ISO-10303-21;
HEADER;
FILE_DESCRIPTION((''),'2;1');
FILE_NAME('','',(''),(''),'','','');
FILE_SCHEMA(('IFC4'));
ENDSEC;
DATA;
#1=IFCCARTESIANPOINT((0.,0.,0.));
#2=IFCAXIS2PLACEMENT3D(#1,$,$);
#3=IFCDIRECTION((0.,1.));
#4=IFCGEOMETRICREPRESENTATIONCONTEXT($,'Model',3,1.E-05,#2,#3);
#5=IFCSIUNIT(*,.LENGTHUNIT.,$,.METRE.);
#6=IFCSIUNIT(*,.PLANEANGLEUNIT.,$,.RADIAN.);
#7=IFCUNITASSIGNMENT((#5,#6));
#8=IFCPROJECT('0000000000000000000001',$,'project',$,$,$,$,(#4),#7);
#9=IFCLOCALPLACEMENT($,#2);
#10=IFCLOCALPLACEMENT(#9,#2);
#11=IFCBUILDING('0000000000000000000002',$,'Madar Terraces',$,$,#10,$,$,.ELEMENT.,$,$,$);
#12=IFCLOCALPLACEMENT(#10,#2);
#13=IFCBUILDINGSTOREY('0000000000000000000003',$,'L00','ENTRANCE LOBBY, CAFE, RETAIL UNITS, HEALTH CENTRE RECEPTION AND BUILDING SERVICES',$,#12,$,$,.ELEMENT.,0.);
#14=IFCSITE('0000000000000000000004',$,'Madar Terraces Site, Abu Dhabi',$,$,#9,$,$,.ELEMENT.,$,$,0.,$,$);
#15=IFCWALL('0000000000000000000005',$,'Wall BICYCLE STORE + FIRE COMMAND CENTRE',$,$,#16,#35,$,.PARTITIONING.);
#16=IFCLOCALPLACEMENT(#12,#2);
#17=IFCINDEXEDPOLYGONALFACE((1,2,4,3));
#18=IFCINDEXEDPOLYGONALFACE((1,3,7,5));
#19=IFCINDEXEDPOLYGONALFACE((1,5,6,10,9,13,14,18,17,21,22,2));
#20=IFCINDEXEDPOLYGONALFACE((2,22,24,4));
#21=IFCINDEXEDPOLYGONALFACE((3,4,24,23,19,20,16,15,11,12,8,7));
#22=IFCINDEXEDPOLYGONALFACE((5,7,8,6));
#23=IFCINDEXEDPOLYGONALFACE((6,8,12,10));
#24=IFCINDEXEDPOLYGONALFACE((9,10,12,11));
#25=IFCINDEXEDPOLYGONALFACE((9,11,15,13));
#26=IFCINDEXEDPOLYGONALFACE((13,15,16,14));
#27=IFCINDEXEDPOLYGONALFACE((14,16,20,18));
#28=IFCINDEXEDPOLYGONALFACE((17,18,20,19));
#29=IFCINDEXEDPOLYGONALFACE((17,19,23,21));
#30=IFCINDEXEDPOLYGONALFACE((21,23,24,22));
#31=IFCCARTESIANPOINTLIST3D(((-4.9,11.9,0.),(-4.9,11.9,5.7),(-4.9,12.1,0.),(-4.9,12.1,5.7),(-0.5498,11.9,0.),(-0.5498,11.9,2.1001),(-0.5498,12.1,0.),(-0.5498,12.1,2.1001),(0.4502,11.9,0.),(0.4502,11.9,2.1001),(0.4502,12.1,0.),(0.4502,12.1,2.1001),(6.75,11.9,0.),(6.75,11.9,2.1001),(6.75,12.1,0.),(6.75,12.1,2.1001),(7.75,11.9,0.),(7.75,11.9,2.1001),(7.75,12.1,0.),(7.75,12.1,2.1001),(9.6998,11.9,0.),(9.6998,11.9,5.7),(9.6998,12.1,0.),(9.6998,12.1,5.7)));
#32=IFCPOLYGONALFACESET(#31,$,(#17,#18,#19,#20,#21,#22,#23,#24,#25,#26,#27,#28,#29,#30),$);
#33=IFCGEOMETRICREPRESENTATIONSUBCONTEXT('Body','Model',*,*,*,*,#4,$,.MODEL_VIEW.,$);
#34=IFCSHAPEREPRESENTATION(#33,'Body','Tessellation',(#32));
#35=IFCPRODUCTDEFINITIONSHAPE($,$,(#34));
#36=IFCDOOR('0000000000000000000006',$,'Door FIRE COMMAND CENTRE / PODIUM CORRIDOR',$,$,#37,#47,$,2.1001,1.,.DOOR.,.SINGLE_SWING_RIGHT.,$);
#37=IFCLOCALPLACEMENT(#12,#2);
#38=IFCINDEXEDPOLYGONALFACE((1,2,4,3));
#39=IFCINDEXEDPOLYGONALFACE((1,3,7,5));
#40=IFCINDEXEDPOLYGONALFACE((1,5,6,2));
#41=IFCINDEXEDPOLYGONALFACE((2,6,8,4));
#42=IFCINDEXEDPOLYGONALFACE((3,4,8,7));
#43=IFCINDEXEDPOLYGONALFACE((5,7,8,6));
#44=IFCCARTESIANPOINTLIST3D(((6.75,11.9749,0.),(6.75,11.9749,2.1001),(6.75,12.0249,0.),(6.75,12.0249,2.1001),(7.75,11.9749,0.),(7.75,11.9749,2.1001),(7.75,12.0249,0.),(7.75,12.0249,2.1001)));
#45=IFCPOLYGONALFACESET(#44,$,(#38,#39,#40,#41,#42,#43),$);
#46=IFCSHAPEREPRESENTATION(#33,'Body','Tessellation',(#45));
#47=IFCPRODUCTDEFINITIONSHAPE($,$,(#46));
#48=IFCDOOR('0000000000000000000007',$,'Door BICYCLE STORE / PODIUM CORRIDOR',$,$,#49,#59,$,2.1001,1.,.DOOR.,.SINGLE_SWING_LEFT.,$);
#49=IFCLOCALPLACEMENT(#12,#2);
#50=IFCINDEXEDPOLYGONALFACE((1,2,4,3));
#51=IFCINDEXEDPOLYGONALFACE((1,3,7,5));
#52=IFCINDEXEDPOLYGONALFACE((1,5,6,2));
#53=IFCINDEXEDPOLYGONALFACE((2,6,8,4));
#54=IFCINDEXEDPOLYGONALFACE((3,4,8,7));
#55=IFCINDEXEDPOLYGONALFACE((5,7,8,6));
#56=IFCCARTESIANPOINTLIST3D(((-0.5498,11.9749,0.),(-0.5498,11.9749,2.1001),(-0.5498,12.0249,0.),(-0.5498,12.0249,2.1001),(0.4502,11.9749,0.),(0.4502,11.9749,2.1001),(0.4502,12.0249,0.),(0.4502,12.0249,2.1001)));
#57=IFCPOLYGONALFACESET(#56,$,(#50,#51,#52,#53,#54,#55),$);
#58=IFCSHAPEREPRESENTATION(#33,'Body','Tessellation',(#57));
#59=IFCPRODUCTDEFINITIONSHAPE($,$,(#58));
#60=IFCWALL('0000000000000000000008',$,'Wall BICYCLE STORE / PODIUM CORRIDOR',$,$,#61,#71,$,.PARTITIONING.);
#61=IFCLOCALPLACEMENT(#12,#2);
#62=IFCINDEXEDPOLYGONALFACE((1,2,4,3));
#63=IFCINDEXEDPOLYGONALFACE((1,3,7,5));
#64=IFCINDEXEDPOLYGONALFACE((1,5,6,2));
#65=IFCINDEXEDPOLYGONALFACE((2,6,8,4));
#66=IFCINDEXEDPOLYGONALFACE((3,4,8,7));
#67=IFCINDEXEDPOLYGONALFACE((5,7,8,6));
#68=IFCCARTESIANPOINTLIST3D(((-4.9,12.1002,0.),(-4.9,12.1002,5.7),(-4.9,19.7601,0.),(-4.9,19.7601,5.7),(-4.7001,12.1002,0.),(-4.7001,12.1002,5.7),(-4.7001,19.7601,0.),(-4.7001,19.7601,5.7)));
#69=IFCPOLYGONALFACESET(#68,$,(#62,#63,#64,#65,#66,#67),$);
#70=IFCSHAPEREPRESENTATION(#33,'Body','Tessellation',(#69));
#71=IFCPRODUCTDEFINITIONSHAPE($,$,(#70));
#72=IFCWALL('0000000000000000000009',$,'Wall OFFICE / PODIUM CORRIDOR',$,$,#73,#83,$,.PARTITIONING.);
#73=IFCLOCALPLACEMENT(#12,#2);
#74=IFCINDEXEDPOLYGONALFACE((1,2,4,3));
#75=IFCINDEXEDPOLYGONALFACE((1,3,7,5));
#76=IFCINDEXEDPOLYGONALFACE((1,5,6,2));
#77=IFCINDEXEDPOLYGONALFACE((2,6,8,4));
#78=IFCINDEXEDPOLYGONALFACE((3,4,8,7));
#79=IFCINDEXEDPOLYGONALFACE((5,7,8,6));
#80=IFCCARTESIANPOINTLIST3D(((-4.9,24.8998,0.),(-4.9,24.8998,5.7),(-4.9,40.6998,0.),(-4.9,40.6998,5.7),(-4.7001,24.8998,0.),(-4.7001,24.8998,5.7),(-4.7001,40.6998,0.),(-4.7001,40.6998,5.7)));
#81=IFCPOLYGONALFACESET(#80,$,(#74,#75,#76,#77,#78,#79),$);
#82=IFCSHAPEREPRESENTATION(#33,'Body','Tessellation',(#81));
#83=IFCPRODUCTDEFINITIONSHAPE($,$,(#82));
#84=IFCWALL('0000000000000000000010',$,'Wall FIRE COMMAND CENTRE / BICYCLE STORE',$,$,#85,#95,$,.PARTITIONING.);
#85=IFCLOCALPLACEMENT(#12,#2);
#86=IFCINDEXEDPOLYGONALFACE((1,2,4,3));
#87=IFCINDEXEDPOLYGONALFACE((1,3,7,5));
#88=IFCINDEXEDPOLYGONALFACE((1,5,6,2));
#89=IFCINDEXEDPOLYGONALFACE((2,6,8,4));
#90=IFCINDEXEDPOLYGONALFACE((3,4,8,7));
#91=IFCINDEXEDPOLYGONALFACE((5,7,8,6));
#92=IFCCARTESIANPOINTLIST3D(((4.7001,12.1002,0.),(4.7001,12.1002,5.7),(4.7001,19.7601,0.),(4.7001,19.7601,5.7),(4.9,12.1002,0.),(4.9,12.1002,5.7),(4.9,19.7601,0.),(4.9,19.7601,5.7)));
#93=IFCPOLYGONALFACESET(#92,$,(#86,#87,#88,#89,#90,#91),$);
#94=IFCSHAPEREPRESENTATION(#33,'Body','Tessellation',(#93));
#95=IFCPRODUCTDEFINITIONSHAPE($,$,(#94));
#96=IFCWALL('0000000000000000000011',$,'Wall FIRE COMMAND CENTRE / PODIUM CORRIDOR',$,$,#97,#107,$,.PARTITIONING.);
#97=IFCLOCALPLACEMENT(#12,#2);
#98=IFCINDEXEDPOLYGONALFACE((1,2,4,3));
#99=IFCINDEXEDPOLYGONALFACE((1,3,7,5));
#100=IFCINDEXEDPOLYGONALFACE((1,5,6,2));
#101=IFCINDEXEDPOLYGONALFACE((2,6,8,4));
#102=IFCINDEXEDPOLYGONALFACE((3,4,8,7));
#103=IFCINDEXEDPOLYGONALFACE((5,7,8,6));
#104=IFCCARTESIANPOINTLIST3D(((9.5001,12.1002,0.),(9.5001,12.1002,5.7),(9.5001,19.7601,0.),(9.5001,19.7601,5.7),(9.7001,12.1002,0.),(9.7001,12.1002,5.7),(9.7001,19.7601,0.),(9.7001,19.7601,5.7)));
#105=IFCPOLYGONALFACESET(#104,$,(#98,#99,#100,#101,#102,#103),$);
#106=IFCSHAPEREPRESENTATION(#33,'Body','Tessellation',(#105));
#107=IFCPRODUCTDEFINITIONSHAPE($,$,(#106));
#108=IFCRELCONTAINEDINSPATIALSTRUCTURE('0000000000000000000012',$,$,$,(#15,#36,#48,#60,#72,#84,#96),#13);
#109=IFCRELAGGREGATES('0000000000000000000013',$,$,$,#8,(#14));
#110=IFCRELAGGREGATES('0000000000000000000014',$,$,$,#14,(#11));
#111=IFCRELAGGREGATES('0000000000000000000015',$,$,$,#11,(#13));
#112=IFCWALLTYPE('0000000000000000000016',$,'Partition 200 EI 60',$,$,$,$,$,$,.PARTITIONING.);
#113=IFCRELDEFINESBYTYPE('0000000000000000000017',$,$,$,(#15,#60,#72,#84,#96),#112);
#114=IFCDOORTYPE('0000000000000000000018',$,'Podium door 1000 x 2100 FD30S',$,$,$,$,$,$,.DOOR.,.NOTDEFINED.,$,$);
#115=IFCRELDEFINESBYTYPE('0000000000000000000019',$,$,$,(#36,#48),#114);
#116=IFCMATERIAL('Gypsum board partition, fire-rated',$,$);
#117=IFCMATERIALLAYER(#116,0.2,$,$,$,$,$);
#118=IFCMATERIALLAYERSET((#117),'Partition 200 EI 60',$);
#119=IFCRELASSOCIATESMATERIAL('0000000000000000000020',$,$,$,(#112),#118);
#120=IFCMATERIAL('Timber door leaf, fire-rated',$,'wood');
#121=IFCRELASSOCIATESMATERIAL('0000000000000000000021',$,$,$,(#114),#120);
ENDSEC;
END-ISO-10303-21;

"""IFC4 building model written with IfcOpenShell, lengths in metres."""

from ifc_helpers import new_model, si_unit, direction, frame, frame_2d, origin, place, context, subcontext, project, spatial, rectangle, extrude, material, layer, layer_set, type_object, element, fill, save


model = new_model("IFC4")

# Units and contexts
model_context = context("Model", 3, precision=1e-05, world=origin(), true_north=direction((0.0, 1.0)))
body_context = subcontext(model_context, "Body", "Model", "MODEL_VIEW")
ifc_project = project(units=[si_unit("LENGTHUNIT", "METRE"), si_unit("PLANEANGLEUNIT", "RADIAN")], contexts=[model_context])

# Site, building, storey
site_placement = place(None, origin())
site = spatial("IfcSite", under=ifc_project, at=site_placement, Name="Madar Terraces Site, Abu Dhabi", CompositionType="ELEMENT", RefElevation=0.0)
building_placement = place(site_placement, origin())
building = spatial("IfcBuilding", under=site, at=building_placement, Name="Madar Terraces", CompositionType="ELEMENT")
storey_placement = place(building_placement, origin())
storey = spatial("IfcBuildingStorey", under=building, at=storey_placement, Name="L00", Description="ENTRANCE LOBBY, CAFE, RETAIL UNITS, HEALTH CENTRE RECEPTION AND BUILDING SERVICES", CompositionType="ELEMENT", Elevation=0.0)

# Wall, openings, doors
ifc_material_1 = material(Name="Gypsum board partition, fire-rated")
ifc_layer_1 = layer(ifc_material_1, 0.2)
ifc_layer_set_1 = layer_set([ifc_layer_1], Name="Partition 200 EI 60")
wall_type_1 = type_object("IfcWallType", Name="Partition 200 EI 60", PredefinedType="PARTITIONING", material=ifc_layer_set_1)
wall_1_placement = place(storey_placement, frame((-4.8999, 12.0, 0.0), z_axis=(0.0, 0.0, 1.0), x_axis=(1.0, 0.0, 0.0)))
wall_1 = element("IfcWall", 1, at=wall_1_placement, inside=storey, type_object=wall_type_1, Name="Wall BICYCLE STORE + FIRE COMMAND CENTRE", PredefinedType="PARTITIONING", context=body_context, shape_type="SweptSolid", body=[
    extrude(rectangle(XDim=14.5999, YDim=0.2, at=frame_2d((7.2998, 0.0))), origin(), (0.0, 0.0, 1.0), 5.7),
])
opening_1_placement = place(wall_1_placement, frame((11.6499, 0.0, 0.0)))
opening_1 = element("IfcOpeningElement", 2, at=opening_1_placement, cuts=wall_1, PredefinedType="OPENING", context=body_context, shape_type="SweptSolid", body=[
    extrude(rectangle(XDim=1.0, YDim=2.1001, at=frame_2d((0.5, 1.05))), frame((0.0, 0.1099, 0.0), z_axis=(0.0, -1.0, 0.0), x_axis=(1.0, 0.0, 0.0)), (0.0, 0.0, 1.0), 0.22),
])
opening_2_placement = place(wall_1_placement, frame((4.3501, 0.0, 0.0)))
opening_2 = element("IfcOpeningElement", 3, at=opening_2_placement, cuts=wall_1, PredefinedType="OPENING", context=body_context, shape_type="SweptSolid", body=[
    extrude(rectangle(XDim=1.0, YDim=2.1001, at=frame_2d((0.5, 1.05))), frame((0.0, 0.1099, 0.0), z_axis=(0.0, -1.0, 0.0), x_axis=(1.0, 0.0, 0.0)), (0.0, 0.0, 1.0), 0.22),
])
ifc_material_2 = material(Name="Timber door leaf, fire-rated", Category="wood")
door_type_1 = type_object("IfcDoorType", Name="Podium door 1000 x 2100 FD30S", OperationType="NOTDEFINED", PredefinedType="DOOR", material=ifc_material_2)
door_1_placement = place(opening_1_placement, origin())
door_1 = element("IfcDoor", 4, at=door_1_placement, inside=storey, type_object=door_type_1, Name="Door FIRE COMMAND CENTRE / PODIUM CORRIDOR", OperationType="SINGLE_SWING_RIGHT", OverallHeight=2.1001, OverallWidth=1.0, PredefinedType="DOOR", context=body_context, shape_type="SweptSolid", body=[
    extrude(rectangle(XDim=1.0, YDim=2.1001, at=frame_2d((0.5, 1.05))), frame((0.0, 0.0249, 0.0), z_axis=(0.0, -1.0, 0.0), x_axis=(1.0, 0.0, 0.0)), (0.0, 0.0, 1.0), 0.05),
])
fill(opening_1, door_1)
door_2_placement = place(opening_2_placement, origin())
door_2 = element("IfcDoor", 5, at=door_2_placement, inside=storey, type_object=door_type_1, Name="Door BICYCLE STORE / PODIUM CORRIDOR", OperationType="SINGLE_SWING_LEFT", OverallHeight=2.1001, OverallWidth=1.0, PredefinedType="DOOR", context=body_context, shape_type="SweptSolid", body=[
    extrude(rectangle(XDim=1.0, YDim=2.1001, at=frame_2d((0.5, 1.05))), frame((0.0, 0.0249, 0.0), z_axis=(0.0, -1.0, 0.0), x_axis=(1.0, 0.0, 0.0)), (0.0, 0.0, 1.0), 0.05),
])
fill(opening_2, door_2)

# Walls
wall_2_placement = place(storey_placement, frame((-4.8, 12.1001, 0.0), z_axis=(0.0, 0.0, 1.0), x_axis=(0.0, 1.0, 0.0)))
element("IfcWall", 6, at=wall_2_placement, inside=storey, type_object=wall_type_1, Name="Wall BICYCLE STORE / PODIUM CORRIDOR", PredefinedType="PARTITIONING", context=body_context, shape_type="SweptSolid", body=[
    extrude(rectangle(XDim=7.6599, YDim=0.2, at=frame_2d((3.8301, 0.0))), origin(), (0.0, 0.0, 1.0), 5.7),
])
wall_3_placement = place(storey_placement, frame((-4.8, 24.8999, 0.0), z_axis=(0.0, 0.0, 1.0), x_axis=(0.0, 1.0, 0.0)))
element("IfcWall", 7, at=wall_3_placement, inside=storey, type_object=wall_type_1, Name="Wall OFFICE / PODIUM CORRIDOR", PredefinedType="PARTITIONING", context=body_context, shape_type="SweptSolid", body=[
    extrude(rectangle(XDim=15.8, YDim=0.2, at=frame_2d((7.8999, 0.0))), origin(), (0.0, 0.0, 1.0), 5.7),
])
for number, where, z_axis, x_axis, name in (
    (8, (4.8, 12.1001, 0.0), (0.0, 0.0, 1.0), (0.0, 1.0, 0.0), "Wall FIRE COMMAND CENTRE / BICYCLE STORE"),
    (9, (9.6001, 12.1001, 0.0), (0.0, 0.0, 1.0), (0.0, 1.0, 0.0), "Wall FIRE COMMAND CENTRE / PODIUM CORRIDOR"),
):
    element("IfcWall", number, at=place(storey_placement, frame(where, z_axis=z_axis, x_axis=x_axis)), inside=storey, type_object=wall_type_1, Name=name, PredefinedType="PARTITIONING", context=body_context, shape_type="SweptSolid", body=[
        extrude(rectangle(XDim=7.6599, YDim=0.2, at=frame_2d((3.8301, 0.0))), origin(), (0.0, 0.0, 1.0), 5.7),
    ])

save(model, "model.ifc")
